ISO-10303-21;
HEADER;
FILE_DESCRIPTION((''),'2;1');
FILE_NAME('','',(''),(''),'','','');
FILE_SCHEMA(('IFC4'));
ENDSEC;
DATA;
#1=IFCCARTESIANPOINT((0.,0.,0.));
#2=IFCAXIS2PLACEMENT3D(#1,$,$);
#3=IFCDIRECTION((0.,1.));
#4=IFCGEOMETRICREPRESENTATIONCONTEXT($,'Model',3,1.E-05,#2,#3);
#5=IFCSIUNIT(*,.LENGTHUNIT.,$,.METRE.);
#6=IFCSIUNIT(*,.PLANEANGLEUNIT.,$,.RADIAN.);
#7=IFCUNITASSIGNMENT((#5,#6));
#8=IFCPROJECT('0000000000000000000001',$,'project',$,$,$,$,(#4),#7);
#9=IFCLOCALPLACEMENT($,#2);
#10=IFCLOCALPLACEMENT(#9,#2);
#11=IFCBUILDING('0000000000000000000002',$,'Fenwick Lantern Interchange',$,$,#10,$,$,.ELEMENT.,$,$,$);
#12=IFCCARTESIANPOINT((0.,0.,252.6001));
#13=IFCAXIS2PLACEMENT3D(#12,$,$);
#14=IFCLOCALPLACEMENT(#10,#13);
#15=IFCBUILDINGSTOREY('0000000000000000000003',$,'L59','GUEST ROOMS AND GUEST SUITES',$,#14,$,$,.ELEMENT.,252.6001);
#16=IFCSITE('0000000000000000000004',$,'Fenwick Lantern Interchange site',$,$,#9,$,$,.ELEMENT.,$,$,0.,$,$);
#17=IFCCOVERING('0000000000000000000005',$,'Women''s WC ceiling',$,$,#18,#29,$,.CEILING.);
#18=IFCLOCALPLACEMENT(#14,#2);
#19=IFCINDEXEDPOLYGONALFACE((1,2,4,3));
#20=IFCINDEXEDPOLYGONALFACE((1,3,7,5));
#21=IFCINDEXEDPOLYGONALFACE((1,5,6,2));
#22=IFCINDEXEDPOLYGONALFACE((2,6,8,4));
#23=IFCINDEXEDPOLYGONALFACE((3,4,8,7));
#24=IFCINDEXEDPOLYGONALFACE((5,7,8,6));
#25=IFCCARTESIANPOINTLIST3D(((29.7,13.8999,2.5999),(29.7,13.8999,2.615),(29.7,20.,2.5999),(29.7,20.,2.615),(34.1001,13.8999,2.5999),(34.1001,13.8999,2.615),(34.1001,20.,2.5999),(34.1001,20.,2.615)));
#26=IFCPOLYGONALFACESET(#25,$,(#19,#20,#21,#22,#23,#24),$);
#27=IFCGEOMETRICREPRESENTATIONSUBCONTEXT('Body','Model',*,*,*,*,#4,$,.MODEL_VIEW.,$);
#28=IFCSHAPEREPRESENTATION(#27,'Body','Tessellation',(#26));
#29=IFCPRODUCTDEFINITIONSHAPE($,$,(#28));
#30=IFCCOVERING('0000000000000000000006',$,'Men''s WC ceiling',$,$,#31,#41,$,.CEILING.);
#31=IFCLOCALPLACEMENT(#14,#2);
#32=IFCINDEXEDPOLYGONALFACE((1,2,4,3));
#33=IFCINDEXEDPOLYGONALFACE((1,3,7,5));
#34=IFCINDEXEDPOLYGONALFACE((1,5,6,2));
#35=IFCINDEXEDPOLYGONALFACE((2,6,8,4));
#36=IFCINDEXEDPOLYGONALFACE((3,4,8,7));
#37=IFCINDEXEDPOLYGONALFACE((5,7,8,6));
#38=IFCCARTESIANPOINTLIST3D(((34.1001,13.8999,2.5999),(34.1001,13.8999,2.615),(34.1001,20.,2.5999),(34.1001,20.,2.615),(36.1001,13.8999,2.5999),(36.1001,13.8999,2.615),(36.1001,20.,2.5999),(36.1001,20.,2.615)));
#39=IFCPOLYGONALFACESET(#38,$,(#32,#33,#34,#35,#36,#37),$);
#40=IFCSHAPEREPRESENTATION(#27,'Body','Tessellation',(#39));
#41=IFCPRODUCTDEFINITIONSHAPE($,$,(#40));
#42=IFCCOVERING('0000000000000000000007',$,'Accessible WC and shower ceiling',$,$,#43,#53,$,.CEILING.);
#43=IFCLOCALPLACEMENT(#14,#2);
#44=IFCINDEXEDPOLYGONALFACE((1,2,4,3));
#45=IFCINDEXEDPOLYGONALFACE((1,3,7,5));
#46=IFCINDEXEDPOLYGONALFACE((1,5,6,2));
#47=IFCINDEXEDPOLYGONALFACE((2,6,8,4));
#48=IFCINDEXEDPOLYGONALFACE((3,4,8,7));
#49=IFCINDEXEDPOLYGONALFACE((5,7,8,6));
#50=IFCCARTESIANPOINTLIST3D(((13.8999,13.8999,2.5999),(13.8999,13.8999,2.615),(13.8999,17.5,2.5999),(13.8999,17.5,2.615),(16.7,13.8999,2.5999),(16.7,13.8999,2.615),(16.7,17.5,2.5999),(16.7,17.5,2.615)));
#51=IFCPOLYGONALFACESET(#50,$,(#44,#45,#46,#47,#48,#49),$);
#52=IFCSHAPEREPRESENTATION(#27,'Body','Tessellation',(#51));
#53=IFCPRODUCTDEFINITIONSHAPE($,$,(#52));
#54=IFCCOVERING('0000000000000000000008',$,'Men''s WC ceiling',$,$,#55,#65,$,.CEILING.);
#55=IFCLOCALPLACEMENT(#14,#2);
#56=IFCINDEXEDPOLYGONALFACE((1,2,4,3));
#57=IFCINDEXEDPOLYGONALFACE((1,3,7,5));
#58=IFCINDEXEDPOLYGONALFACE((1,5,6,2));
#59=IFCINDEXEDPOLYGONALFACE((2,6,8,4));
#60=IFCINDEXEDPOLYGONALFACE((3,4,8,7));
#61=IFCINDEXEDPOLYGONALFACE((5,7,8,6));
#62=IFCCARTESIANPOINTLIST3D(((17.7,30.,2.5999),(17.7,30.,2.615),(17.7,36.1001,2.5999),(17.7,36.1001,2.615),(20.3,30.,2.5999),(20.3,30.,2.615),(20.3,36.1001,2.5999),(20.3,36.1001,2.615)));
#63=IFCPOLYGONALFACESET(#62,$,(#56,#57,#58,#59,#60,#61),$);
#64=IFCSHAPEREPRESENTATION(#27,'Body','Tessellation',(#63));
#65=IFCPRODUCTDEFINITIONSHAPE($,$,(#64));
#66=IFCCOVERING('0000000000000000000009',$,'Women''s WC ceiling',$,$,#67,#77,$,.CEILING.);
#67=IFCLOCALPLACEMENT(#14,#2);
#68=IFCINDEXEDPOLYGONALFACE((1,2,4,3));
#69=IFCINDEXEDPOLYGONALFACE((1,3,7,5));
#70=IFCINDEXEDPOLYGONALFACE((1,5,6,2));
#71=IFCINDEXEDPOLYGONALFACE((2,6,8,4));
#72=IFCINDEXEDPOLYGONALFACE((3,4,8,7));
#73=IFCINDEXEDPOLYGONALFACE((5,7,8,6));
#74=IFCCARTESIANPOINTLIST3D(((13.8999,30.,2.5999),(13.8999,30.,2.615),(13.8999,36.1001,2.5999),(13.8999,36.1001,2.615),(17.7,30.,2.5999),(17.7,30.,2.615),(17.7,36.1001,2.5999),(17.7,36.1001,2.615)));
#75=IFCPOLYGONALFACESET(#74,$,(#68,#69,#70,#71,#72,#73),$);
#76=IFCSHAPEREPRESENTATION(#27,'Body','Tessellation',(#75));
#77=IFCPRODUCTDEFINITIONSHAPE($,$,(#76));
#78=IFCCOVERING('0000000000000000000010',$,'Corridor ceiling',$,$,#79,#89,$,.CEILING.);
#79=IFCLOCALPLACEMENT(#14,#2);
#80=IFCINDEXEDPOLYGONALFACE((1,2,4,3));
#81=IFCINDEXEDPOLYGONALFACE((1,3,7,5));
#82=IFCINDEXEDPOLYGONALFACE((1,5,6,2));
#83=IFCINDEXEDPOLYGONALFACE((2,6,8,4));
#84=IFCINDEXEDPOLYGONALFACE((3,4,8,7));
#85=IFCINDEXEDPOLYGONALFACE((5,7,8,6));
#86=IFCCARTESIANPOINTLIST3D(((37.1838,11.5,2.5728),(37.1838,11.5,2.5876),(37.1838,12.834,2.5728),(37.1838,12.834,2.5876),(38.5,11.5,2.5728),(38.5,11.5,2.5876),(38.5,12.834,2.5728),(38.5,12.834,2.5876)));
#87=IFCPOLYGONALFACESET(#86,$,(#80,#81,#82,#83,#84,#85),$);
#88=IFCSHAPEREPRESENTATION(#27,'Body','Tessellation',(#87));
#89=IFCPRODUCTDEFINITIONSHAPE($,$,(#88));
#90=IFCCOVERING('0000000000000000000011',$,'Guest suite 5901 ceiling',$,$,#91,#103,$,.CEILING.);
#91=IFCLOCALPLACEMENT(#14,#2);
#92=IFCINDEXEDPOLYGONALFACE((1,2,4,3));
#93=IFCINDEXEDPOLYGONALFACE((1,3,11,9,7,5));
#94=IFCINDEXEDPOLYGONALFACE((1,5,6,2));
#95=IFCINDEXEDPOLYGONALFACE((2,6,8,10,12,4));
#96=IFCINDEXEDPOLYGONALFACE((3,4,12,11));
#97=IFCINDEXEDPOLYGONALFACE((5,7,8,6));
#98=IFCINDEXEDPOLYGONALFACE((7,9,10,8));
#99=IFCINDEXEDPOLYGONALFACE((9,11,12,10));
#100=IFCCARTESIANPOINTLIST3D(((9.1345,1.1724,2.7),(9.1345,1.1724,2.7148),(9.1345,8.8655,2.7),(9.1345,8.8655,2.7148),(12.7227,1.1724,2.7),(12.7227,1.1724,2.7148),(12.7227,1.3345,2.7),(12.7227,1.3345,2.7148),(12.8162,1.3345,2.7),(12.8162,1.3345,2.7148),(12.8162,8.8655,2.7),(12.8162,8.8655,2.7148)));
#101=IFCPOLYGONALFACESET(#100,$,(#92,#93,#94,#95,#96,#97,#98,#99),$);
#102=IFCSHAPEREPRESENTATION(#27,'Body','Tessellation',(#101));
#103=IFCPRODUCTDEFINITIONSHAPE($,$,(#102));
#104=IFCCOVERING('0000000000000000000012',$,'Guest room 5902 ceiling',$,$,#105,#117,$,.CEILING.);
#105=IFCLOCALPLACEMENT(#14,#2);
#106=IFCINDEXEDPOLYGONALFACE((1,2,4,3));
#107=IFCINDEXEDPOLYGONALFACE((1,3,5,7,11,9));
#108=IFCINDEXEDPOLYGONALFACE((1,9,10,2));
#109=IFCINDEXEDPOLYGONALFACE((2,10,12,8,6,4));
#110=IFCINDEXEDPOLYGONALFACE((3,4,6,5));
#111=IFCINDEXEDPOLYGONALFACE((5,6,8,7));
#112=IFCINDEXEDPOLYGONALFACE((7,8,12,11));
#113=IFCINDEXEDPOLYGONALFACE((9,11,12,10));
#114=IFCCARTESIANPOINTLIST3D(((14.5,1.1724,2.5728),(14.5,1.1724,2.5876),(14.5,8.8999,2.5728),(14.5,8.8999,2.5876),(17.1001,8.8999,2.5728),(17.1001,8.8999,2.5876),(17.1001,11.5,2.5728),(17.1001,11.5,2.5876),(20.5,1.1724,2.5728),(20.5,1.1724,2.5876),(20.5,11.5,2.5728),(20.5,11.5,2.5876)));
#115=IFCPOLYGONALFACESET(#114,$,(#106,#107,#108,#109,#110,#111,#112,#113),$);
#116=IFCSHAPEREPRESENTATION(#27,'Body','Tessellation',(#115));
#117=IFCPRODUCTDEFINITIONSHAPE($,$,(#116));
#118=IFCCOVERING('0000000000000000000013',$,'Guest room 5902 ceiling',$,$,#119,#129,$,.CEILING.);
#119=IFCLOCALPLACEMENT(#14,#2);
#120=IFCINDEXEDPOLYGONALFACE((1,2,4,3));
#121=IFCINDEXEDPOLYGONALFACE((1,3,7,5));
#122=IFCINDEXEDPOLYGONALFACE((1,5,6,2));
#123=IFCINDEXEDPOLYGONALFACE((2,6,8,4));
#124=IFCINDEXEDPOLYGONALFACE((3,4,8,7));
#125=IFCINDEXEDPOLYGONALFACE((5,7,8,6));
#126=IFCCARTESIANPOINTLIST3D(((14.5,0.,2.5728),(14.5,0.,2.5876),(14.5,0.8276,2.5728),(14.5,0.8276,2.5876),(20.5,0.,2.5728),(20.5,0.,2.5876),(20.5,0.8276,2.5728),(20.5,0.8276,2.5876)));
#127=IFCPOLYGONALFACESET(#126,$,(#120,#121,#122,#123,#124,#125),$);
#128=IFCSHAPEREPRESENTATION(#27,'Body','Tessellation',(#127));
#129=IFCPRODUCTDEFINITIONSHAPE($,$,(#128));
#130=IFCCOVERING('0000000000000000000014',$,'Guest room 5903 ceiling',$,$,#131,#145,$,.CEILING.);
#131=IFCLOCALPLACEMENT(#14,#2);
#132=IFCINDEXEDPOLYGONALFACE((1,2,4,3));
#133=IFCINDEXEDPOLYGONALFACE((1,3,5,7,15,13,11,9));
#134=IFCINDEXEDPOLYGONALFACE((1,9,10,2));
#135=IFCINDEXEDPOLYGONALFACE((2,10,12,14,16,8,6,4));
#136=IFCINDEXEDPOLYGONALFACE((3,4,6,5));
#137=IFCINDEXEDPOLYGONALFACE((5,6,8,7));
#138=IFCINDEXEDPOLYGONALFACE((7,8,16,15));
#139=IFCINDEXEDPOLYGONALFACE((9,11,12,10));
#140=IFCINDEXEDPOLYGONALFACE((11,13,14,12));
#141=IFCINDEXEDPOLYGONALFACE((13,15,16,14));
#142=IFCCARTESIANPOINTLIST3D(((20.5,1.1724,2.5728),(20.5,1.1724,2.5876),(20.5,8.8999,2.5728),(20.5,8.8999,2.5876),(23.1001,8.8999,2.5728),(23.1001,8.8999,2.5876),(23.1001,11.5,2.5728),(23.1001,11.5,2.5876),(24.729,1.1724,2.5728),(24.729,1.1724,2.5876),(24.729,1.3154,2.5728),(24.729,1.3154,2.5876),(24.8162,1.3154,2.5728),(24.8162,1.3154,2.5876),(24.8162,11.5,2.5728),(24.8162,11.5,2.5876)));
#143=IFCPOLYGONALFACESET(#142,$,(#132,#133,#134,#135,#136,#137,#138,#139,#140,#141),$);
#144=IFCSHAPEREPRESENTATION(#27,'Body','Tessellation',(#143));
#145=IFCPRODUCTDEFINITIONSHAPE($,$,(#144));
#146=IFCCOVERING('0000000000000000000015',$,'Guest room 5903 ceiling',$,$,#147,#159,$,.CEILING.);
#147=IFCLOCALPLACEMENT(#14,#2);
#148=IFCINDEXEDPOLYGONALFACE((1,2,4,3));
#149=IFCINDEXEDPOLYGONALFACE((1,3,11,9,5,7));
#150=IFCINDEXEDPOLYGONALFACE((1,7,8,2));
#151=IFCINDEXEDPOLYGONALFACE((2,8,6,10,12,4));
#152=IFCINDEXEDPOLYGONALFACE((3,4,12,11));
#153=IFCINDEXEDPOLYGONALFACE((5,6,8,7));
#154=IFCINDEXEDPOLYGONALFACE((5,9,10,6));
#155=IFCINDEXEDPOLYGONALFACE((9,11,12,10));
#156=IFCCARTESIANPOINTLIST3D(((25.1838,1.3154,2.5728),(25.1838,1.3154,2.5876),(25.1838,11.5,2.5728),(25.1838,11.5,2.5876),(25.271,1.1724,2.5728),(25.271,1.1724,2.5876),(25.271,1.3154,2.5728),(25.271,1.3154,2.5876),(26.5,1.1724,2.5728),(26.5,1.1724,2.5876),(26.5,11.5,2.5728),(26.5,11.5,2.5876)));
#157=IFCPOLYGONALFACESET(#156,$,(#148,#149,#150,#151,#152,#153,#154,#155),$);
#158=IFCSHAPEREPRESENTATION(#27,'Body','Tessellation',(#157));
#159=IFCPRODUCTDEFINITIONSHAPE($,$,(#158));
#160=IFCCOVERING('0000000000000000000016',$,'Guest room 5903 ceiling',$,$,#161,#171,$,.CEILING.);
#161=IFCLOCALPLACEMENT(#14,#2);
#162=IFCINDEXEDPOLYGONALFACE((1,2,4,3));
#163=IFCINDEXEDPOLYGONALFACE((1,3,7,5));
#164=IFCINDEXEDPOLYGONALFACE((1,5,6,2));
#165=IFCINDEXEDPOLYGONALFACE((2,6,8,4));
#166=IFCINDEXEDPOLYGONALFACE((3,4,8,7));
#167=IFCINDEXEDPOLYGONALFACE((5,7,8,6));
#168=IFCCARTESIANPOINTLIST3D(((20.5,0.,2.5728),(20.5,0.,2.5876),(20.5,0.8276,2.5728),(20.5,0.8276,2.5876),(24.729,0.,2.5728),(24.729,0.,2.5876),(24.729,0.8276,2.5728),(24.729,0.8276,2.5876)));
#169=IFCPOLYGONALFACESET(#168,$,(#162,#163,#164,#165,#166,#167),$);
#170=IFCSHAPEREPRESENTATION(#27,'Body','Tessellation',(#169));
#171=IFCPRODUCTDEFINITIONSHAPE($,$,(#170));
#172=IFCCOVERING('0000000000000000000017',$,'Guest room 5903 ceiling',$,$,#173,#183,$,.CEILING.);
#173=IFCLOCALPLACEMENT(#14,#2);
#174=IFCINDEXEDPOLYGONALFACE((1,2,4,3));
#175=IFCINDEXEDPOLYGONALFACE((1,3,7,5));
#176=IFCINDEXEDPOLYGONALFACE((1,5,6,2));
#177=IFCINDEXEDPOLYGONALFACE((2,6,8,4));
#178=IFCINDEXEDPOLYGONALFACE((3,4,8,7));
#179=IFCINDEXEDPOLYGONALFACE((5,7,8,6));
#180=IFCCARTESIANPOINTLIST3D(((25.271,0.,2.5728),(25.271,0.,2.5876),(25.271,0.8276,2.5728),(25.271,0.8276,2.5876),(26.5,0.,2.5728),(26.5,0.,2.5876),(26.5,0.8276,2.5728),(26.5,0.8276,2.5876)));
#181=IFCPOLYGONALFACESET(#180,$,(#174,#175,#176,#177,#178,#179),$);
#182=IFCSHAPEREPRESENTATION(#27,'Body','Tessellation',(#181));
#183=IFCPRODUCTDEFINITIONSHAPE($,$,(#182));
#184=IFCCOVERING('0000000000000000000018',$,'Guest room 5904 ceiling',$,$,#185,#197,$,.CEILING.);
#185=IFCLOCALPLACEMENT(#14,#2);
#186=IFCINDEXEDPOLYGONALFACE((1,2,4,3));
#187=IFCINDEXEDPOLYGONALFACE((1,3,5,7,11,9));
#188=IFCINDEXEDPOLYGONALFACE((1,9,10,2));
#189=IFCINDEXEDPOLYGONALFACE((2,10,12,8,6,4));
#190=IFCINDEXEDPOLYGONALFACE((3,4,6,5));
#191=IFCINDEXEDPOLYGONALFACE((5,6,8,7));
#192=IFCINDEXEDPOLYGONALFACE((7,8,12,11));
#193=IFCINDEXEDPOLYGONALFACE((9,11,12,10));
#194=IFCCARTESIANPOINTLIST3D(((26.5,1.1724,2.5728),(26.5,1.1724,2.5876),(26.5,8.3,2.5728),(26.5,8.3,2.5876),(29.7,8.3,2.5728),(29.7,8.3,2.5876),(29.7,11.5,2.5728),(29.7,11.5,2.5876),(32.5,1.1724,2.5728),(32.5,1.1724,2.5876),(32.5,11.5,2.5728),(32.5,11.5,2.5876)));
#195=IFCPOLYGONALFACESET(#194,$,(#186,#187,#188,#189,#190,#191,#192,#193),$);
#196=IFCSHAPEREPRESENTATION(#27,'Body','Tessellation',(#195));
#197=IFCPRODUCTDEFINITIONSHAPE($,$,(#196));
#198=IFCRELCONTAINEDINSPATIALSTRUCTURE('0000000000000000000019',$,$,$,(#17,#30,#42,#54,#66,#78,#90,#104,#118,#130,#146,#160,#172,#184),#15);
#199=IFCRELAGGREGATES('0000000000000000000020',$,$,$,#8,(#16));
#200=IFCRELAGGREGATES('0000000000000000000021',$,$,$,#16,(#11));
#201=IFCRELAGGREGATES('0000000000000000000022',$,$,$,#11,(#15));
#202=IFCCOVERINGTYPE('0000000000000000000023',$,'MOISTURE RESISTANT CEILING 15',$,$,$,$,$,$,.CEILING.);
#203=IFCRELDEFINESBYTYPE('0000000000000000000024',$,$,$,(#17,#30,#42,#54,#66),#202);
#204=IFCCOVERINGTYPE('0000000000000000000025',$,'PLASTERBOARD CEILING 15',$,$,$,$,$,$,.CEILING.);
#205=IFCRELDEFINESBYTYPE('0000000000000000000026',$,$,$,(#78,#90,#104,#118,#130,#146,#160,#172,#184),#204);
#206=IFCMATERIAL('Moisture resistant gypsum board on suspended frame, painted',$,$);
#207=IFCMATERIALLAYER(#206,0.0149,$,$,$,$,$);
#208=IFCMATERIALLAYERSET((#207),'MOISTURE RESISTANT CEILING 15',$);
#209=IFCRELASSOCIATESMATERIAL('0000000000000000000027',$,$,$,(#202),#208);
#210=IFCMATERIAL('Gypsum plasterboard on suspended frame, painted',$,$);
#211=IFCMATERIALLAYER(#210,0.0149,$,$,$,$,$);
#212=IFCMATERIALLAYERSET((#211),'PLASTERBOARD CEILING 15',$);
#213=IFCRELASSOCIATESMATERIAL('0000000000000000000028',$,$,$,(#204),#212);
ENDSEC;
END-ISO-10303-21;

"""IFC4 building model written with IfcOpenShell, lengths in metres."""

from ifc_helpers import new_model, si_unit, direction, frame, origin, place, context, subcontext, project, spatial, polyline, outline, extrude, material, layer, layer_set, type_object, element, save


model = new_model("IFC4")

# Units and contexts
model_context = context("Model", 3, precision=1e-05, world=origin(), true_north=direction((0.0, 1.0)))
body_context = subcontext(model_context, "Body", "Model", "MODEL_VIEW")
ifc_project = project(units=[si_unit("LENGTHUNIT", "METRE"), si_unit("PLANEANGLEUNIT", "RADIAN")], contexts=[model_context])

# Site, building, storey
site_placement = place(None, origin())
site = spatial("IfcSite", under=ifc_project, at=site_placement, Name="Fenwick Lantern Interchange site", CompositionType="ELEMENT", RefElevation=0.0)
building_placement = place(site_placement, origin())
building = spatial("IfcBuilding", under=site, at=building_placement, Name="Fenwick Lantern Interchange", CompositionType="ELEMENT")
storey_placement = place(building_placement, frame((0.0, 0.0, 252.6001)))
storey = spatial("IfcBuildingStorey", under=building, at=storey_placement, Name="L59", Description="GUEST ROOMS AND GUEST SUITES", CompositionType="ELEMENT", Elevation=252.6001)

# Coverings
ifc_material_1 = material(Name="Moisture resistant gypsum board on suspended frame, painted")
ifc_layer_1 = layer(ifc_material_1, 0.0149)
ifc_layer_set_1 = layer_set([ifc_layer_1], Name="MOISTURE RESISTANT CEILING 15")
covering_type_1 = type_object("IfcCoveringType", Name="MOISTURE RESISTANT CEILING 15", PredefinedType="CEILING", material=ifc_layer_set_1)
covering_1_placement = place(storey_placement, frame((0.0, 0.0, 2.5999)))
element("IfcCovering", 1, at=covering_1_placement, inside=storey, type_object=covering_type_1, Name="Women's WC ceiling", PredefinedType="CEILING", context=body_context, shape_type="SweptSolid", body=[
    extrude(outline(polyline([(29.7, 13.8999), (34.1001, 13.8999), (34.1001, 20.0), (29.7, 20.0), (29.7, 13.8999)])), origin(), (0.0, 0.0, 1.0), 0.0151),
])
covering_2_placement = place(storey_placement, frame((0.0, 0.0, 2.5999)))
element("IfcCovering", 2, at=covering_2_placement, inside=storey, type_object=covering_type_1, Name="Men's WC ceiling", PredefinedType="CEILING", context=body_context, shape_type="SweptSolid", body=[
    extrude(outline(polyline([(34.1001, 13.8999), (36.1001, 13.8999), (36.1001, 20.0), (34.1001, 20.0), (34.1001, 13.8999)])), origin(), (0.0, 0.0, 1.0), 0.0151),
])
covering_3_placement = place(storey_placement, frame((0.0, 0.0, 2.5999)))
element("IfcCovering", 3, at=covering_3_placement, inside=storey, type_object=covering_type_1, Name="Accessible WC and shower ceiling", PredefinedType="CEILING", context=body_context, shape_type="SweptSolid", body=[
    extrude(outline(polyline([(13.8999, 13.8999), (16.7, 13.8999), (16.7, 17.5), (13.8999, 17.5), (13.8999, 13.8999)])), origin(), (0.0, 0.0, 1.0), 0.0151),
])
covering_4_placement = place(storey_placement, frame((0.0, 0.0, 2.5999)))
element("IfcCovering", 4, at=covering_4_placement, inside=storey, type_object=covering_type_1, Name="Men's WC ceiling", PredefinedType="CEILING", context=body_context, shape_type="SweptSolid", body=[
    extrude(outline(polyline([(20.3, 36.1001), (17.7, 36.1001), (17.7, 30.0), (20.3, 30.0), (20.3, 36.1001)])), origin(), (0.0, 0.0, 1.0), 0.0151),
])
covering_5_placement = place(storey_placement, frame((0.0, 0.0, 2.5999)))
element("IfcCovering", 5, at=covering_5_placement, inside=storey, type_object=covering_type_1, Name="Women's WC ceiling", PredefinedType="CEILING", context=body_context, shape_type="SweptSolid", body=[
    extrude(outline(polyline([(17.7, 36.1001), (13.8999, 36.1001), (13.8999, 30.0), (17.7, 30.0), (17.7, 36.1001)])), origin(), (0.0, 0.0, 1.0), 0.0151),
])
ifc_material_2 = material(Name="Gypsum plasterboard on suspended frame, painted")
ifc_layer_2 = layer(ifc_material_2, 0.0149)
ifc_layer_set_2 = layer_set([ifc_layer_2], Name="PLASTERBOARD CEILING 15")
covering_type_2 = type_object("IfcCoveringType", Name="PLASTERBOARD CEILING 15", PredefinedType="CEILING", material=ifc_layer_set_2)
covering_6_placement = place(storey_placement, frame((0.0, 0.0, 2.5728)))
element("IfcCovering", 6, at=covering_6_placement, inside=storey, type_object=covering_type_2, Name="Corridor ceiling", PredefinedType="CEILING", context=body_context, shape_type="SweptSolid", body=[
    extrude(outline(polyline([(38.5, 11.5), (38.5, 12.834), (37.1838, 12.834), (37.1838, 11.5), (38.5, 11.5)])), origin(), (0.0, 0.0, 1.0), 0.0149),
])
covering_7_placement = place(storey_placement, frame((0.0, 0.0, 2.7)))
element("IfcCovering", 7, at=covering_7_placement, inside=storey, type_object=covering_type_2, Name="Guest suite 5901 ceiling", PredefinedType="CEILING", context=body_context, shape_type="SweptSolid", body=[
    extrude(outline(polyline([(12.7227, 1.3345), (12.8162, 1.3345), (12.8162, 8.8655), (9.1345, 8.8655), (9.1345, 1.1724), (12.7227, 1.1724), (12.7227, 1.3345)])), origin(), (0.0, 0.0, 1.0), 0.0149),
])
covering_8_placement = place(storey_placement, frame((0.0, 0.0, 2.5728)))
element("IfcCovering", 8, at=covering_8_placement, inside=storey, type_object=covering_type_2, Name="Guest room 5902 ceiling", PredefinedType="CEILING", context=body_context, shape_type="SweptSolid", body=[
    extrude(outline(polyline([(20.5, 1.1724), (20.5, 11.5), (17.1001, 11.5), (17.1001, 8.8999), (14.5, 8.8999), (14.5, 1.1724), (20.5, 1.1724)])), origin(), (0.0, 0.0, 1.0), 0.0149),
])
covering_9_placement = place(storey_placement, frame((0.0, 0.0, 2.5728)))
element("IfcCovering", 9, at=covering_9_placement, inside=storey, type_object=covering_type_2, Name="Guest room 5902 ceiling", PredefinedType="CEILING", context=body_context, shape_type="SweptSolid", body=[
    extrude(outline(polyline([(20.5, 0.0), (20.5, 0.8276), (14.5, 0.8276), (14.5, 0.0), (20.5, 0.0)])), origin(), (0.0, 0.0, 1.0), 0.0149),
])
covering_10_placement = place(storey_placement, frame((0.0, 0.0, 2.5728)))
element("IfcCovering", 10, at=covering_10_placement, inside=storey, type_object=covering_type_2, Name="Guest room 5903 ceiling", PredefinedType="CEILING", context=body_context, shape_type="SweptSolid", body=[
    extrude(outline(polyline([(24.729, 1.3154), (24.8162, 1.3154), (24.8162, 11.5), (23.1001, 11.5), (23.1001, 8.8999), (20.5, 8.8999), (20.5, 1.1724), (24.729, 1.1724), (24.729, 1.3154)])), origin(), (0.0, 0.0, 1.0), 0.0149),
])
covering_11_placement = place(storey_placement, frame((0.0, 0.0, 2.5728)))
element("IfcCovering", 11, at=covering_11_placement, inside=storey, type_object=covering_type_2, Name="Guest room 5903 ceiling", PredefinedType="CEILING", context=body_context, shape_type="SweptSolid", body=[
    extrude(outline(polyline([(25.271, 1.3154), (25.271, 1.1724), (26.5, 1.1724), (26.5, 11.5), (25.1838, 11.5), (25.1838, 1.3154), (25.271, 1.3154)])), origin(), (0.0, 0.0, 1.0), 0.0149),
])
covering_12_placement = place(storey_placement, frame((0.0, 0.0, 2.5728)))
element("IfcCovering", 12, at=covering_12_placement, inside=storey, type_object=covering_type_2, Name="Guest room 5903 ceiling", PredefinedType="CEILING", context=body_context, shape_type="SweptSolid", body=[
    extrude(outline(polyline([(24.729, 0.0), (24.729, 0.8276), (20.5, 0.8276), (20.5, 0.0), (24.729, 0.0)])), origin(), (0.0, 0.0, 1.0), 0.0149),
])
covering_13_placement = place(storey_placement, frame((0.0, 0.0, 2.5728)))
element("IfcCovering", 13, at=covering_13_placement, inside=storey, type_object=covering_type_2, Name="Guest room 5903 ceiling", PredefinedType="CEILING", context=body_context, shape_type="SweptSolid", body=[
    extrude(outline(polyline([(25.271, 0.0), (26.5, 0.0), (26.5, 0.8276), (25.271, 0.8276), (25.271, 0.0)])), origin(), (0.0, 0.0, 1.0), 0.0149),
])
covering_14_placement = place(storey_placement, frame((0.0, 0.0, 2.5728)))
element("IfcCovering", 14, at=covering_14_placement, inside=storey, type_object=covering_type_2, Name="Guest room 5904 ceiling", PredefinedType="CEILING", context=body_context, shape_type="SweptSolid", body=[
    extrude(outline(polyline([(32.5, 1.1724), (32.5, 11.5), (29.7, 11.5), (29.7, 8.3), (26.5, 8.3), (26.5, 1.1724), (32.5, 1.1724)])), origin(), (0.0, 0.0, 1.0), 0.0149),
])

save(model, "model.ifc")
